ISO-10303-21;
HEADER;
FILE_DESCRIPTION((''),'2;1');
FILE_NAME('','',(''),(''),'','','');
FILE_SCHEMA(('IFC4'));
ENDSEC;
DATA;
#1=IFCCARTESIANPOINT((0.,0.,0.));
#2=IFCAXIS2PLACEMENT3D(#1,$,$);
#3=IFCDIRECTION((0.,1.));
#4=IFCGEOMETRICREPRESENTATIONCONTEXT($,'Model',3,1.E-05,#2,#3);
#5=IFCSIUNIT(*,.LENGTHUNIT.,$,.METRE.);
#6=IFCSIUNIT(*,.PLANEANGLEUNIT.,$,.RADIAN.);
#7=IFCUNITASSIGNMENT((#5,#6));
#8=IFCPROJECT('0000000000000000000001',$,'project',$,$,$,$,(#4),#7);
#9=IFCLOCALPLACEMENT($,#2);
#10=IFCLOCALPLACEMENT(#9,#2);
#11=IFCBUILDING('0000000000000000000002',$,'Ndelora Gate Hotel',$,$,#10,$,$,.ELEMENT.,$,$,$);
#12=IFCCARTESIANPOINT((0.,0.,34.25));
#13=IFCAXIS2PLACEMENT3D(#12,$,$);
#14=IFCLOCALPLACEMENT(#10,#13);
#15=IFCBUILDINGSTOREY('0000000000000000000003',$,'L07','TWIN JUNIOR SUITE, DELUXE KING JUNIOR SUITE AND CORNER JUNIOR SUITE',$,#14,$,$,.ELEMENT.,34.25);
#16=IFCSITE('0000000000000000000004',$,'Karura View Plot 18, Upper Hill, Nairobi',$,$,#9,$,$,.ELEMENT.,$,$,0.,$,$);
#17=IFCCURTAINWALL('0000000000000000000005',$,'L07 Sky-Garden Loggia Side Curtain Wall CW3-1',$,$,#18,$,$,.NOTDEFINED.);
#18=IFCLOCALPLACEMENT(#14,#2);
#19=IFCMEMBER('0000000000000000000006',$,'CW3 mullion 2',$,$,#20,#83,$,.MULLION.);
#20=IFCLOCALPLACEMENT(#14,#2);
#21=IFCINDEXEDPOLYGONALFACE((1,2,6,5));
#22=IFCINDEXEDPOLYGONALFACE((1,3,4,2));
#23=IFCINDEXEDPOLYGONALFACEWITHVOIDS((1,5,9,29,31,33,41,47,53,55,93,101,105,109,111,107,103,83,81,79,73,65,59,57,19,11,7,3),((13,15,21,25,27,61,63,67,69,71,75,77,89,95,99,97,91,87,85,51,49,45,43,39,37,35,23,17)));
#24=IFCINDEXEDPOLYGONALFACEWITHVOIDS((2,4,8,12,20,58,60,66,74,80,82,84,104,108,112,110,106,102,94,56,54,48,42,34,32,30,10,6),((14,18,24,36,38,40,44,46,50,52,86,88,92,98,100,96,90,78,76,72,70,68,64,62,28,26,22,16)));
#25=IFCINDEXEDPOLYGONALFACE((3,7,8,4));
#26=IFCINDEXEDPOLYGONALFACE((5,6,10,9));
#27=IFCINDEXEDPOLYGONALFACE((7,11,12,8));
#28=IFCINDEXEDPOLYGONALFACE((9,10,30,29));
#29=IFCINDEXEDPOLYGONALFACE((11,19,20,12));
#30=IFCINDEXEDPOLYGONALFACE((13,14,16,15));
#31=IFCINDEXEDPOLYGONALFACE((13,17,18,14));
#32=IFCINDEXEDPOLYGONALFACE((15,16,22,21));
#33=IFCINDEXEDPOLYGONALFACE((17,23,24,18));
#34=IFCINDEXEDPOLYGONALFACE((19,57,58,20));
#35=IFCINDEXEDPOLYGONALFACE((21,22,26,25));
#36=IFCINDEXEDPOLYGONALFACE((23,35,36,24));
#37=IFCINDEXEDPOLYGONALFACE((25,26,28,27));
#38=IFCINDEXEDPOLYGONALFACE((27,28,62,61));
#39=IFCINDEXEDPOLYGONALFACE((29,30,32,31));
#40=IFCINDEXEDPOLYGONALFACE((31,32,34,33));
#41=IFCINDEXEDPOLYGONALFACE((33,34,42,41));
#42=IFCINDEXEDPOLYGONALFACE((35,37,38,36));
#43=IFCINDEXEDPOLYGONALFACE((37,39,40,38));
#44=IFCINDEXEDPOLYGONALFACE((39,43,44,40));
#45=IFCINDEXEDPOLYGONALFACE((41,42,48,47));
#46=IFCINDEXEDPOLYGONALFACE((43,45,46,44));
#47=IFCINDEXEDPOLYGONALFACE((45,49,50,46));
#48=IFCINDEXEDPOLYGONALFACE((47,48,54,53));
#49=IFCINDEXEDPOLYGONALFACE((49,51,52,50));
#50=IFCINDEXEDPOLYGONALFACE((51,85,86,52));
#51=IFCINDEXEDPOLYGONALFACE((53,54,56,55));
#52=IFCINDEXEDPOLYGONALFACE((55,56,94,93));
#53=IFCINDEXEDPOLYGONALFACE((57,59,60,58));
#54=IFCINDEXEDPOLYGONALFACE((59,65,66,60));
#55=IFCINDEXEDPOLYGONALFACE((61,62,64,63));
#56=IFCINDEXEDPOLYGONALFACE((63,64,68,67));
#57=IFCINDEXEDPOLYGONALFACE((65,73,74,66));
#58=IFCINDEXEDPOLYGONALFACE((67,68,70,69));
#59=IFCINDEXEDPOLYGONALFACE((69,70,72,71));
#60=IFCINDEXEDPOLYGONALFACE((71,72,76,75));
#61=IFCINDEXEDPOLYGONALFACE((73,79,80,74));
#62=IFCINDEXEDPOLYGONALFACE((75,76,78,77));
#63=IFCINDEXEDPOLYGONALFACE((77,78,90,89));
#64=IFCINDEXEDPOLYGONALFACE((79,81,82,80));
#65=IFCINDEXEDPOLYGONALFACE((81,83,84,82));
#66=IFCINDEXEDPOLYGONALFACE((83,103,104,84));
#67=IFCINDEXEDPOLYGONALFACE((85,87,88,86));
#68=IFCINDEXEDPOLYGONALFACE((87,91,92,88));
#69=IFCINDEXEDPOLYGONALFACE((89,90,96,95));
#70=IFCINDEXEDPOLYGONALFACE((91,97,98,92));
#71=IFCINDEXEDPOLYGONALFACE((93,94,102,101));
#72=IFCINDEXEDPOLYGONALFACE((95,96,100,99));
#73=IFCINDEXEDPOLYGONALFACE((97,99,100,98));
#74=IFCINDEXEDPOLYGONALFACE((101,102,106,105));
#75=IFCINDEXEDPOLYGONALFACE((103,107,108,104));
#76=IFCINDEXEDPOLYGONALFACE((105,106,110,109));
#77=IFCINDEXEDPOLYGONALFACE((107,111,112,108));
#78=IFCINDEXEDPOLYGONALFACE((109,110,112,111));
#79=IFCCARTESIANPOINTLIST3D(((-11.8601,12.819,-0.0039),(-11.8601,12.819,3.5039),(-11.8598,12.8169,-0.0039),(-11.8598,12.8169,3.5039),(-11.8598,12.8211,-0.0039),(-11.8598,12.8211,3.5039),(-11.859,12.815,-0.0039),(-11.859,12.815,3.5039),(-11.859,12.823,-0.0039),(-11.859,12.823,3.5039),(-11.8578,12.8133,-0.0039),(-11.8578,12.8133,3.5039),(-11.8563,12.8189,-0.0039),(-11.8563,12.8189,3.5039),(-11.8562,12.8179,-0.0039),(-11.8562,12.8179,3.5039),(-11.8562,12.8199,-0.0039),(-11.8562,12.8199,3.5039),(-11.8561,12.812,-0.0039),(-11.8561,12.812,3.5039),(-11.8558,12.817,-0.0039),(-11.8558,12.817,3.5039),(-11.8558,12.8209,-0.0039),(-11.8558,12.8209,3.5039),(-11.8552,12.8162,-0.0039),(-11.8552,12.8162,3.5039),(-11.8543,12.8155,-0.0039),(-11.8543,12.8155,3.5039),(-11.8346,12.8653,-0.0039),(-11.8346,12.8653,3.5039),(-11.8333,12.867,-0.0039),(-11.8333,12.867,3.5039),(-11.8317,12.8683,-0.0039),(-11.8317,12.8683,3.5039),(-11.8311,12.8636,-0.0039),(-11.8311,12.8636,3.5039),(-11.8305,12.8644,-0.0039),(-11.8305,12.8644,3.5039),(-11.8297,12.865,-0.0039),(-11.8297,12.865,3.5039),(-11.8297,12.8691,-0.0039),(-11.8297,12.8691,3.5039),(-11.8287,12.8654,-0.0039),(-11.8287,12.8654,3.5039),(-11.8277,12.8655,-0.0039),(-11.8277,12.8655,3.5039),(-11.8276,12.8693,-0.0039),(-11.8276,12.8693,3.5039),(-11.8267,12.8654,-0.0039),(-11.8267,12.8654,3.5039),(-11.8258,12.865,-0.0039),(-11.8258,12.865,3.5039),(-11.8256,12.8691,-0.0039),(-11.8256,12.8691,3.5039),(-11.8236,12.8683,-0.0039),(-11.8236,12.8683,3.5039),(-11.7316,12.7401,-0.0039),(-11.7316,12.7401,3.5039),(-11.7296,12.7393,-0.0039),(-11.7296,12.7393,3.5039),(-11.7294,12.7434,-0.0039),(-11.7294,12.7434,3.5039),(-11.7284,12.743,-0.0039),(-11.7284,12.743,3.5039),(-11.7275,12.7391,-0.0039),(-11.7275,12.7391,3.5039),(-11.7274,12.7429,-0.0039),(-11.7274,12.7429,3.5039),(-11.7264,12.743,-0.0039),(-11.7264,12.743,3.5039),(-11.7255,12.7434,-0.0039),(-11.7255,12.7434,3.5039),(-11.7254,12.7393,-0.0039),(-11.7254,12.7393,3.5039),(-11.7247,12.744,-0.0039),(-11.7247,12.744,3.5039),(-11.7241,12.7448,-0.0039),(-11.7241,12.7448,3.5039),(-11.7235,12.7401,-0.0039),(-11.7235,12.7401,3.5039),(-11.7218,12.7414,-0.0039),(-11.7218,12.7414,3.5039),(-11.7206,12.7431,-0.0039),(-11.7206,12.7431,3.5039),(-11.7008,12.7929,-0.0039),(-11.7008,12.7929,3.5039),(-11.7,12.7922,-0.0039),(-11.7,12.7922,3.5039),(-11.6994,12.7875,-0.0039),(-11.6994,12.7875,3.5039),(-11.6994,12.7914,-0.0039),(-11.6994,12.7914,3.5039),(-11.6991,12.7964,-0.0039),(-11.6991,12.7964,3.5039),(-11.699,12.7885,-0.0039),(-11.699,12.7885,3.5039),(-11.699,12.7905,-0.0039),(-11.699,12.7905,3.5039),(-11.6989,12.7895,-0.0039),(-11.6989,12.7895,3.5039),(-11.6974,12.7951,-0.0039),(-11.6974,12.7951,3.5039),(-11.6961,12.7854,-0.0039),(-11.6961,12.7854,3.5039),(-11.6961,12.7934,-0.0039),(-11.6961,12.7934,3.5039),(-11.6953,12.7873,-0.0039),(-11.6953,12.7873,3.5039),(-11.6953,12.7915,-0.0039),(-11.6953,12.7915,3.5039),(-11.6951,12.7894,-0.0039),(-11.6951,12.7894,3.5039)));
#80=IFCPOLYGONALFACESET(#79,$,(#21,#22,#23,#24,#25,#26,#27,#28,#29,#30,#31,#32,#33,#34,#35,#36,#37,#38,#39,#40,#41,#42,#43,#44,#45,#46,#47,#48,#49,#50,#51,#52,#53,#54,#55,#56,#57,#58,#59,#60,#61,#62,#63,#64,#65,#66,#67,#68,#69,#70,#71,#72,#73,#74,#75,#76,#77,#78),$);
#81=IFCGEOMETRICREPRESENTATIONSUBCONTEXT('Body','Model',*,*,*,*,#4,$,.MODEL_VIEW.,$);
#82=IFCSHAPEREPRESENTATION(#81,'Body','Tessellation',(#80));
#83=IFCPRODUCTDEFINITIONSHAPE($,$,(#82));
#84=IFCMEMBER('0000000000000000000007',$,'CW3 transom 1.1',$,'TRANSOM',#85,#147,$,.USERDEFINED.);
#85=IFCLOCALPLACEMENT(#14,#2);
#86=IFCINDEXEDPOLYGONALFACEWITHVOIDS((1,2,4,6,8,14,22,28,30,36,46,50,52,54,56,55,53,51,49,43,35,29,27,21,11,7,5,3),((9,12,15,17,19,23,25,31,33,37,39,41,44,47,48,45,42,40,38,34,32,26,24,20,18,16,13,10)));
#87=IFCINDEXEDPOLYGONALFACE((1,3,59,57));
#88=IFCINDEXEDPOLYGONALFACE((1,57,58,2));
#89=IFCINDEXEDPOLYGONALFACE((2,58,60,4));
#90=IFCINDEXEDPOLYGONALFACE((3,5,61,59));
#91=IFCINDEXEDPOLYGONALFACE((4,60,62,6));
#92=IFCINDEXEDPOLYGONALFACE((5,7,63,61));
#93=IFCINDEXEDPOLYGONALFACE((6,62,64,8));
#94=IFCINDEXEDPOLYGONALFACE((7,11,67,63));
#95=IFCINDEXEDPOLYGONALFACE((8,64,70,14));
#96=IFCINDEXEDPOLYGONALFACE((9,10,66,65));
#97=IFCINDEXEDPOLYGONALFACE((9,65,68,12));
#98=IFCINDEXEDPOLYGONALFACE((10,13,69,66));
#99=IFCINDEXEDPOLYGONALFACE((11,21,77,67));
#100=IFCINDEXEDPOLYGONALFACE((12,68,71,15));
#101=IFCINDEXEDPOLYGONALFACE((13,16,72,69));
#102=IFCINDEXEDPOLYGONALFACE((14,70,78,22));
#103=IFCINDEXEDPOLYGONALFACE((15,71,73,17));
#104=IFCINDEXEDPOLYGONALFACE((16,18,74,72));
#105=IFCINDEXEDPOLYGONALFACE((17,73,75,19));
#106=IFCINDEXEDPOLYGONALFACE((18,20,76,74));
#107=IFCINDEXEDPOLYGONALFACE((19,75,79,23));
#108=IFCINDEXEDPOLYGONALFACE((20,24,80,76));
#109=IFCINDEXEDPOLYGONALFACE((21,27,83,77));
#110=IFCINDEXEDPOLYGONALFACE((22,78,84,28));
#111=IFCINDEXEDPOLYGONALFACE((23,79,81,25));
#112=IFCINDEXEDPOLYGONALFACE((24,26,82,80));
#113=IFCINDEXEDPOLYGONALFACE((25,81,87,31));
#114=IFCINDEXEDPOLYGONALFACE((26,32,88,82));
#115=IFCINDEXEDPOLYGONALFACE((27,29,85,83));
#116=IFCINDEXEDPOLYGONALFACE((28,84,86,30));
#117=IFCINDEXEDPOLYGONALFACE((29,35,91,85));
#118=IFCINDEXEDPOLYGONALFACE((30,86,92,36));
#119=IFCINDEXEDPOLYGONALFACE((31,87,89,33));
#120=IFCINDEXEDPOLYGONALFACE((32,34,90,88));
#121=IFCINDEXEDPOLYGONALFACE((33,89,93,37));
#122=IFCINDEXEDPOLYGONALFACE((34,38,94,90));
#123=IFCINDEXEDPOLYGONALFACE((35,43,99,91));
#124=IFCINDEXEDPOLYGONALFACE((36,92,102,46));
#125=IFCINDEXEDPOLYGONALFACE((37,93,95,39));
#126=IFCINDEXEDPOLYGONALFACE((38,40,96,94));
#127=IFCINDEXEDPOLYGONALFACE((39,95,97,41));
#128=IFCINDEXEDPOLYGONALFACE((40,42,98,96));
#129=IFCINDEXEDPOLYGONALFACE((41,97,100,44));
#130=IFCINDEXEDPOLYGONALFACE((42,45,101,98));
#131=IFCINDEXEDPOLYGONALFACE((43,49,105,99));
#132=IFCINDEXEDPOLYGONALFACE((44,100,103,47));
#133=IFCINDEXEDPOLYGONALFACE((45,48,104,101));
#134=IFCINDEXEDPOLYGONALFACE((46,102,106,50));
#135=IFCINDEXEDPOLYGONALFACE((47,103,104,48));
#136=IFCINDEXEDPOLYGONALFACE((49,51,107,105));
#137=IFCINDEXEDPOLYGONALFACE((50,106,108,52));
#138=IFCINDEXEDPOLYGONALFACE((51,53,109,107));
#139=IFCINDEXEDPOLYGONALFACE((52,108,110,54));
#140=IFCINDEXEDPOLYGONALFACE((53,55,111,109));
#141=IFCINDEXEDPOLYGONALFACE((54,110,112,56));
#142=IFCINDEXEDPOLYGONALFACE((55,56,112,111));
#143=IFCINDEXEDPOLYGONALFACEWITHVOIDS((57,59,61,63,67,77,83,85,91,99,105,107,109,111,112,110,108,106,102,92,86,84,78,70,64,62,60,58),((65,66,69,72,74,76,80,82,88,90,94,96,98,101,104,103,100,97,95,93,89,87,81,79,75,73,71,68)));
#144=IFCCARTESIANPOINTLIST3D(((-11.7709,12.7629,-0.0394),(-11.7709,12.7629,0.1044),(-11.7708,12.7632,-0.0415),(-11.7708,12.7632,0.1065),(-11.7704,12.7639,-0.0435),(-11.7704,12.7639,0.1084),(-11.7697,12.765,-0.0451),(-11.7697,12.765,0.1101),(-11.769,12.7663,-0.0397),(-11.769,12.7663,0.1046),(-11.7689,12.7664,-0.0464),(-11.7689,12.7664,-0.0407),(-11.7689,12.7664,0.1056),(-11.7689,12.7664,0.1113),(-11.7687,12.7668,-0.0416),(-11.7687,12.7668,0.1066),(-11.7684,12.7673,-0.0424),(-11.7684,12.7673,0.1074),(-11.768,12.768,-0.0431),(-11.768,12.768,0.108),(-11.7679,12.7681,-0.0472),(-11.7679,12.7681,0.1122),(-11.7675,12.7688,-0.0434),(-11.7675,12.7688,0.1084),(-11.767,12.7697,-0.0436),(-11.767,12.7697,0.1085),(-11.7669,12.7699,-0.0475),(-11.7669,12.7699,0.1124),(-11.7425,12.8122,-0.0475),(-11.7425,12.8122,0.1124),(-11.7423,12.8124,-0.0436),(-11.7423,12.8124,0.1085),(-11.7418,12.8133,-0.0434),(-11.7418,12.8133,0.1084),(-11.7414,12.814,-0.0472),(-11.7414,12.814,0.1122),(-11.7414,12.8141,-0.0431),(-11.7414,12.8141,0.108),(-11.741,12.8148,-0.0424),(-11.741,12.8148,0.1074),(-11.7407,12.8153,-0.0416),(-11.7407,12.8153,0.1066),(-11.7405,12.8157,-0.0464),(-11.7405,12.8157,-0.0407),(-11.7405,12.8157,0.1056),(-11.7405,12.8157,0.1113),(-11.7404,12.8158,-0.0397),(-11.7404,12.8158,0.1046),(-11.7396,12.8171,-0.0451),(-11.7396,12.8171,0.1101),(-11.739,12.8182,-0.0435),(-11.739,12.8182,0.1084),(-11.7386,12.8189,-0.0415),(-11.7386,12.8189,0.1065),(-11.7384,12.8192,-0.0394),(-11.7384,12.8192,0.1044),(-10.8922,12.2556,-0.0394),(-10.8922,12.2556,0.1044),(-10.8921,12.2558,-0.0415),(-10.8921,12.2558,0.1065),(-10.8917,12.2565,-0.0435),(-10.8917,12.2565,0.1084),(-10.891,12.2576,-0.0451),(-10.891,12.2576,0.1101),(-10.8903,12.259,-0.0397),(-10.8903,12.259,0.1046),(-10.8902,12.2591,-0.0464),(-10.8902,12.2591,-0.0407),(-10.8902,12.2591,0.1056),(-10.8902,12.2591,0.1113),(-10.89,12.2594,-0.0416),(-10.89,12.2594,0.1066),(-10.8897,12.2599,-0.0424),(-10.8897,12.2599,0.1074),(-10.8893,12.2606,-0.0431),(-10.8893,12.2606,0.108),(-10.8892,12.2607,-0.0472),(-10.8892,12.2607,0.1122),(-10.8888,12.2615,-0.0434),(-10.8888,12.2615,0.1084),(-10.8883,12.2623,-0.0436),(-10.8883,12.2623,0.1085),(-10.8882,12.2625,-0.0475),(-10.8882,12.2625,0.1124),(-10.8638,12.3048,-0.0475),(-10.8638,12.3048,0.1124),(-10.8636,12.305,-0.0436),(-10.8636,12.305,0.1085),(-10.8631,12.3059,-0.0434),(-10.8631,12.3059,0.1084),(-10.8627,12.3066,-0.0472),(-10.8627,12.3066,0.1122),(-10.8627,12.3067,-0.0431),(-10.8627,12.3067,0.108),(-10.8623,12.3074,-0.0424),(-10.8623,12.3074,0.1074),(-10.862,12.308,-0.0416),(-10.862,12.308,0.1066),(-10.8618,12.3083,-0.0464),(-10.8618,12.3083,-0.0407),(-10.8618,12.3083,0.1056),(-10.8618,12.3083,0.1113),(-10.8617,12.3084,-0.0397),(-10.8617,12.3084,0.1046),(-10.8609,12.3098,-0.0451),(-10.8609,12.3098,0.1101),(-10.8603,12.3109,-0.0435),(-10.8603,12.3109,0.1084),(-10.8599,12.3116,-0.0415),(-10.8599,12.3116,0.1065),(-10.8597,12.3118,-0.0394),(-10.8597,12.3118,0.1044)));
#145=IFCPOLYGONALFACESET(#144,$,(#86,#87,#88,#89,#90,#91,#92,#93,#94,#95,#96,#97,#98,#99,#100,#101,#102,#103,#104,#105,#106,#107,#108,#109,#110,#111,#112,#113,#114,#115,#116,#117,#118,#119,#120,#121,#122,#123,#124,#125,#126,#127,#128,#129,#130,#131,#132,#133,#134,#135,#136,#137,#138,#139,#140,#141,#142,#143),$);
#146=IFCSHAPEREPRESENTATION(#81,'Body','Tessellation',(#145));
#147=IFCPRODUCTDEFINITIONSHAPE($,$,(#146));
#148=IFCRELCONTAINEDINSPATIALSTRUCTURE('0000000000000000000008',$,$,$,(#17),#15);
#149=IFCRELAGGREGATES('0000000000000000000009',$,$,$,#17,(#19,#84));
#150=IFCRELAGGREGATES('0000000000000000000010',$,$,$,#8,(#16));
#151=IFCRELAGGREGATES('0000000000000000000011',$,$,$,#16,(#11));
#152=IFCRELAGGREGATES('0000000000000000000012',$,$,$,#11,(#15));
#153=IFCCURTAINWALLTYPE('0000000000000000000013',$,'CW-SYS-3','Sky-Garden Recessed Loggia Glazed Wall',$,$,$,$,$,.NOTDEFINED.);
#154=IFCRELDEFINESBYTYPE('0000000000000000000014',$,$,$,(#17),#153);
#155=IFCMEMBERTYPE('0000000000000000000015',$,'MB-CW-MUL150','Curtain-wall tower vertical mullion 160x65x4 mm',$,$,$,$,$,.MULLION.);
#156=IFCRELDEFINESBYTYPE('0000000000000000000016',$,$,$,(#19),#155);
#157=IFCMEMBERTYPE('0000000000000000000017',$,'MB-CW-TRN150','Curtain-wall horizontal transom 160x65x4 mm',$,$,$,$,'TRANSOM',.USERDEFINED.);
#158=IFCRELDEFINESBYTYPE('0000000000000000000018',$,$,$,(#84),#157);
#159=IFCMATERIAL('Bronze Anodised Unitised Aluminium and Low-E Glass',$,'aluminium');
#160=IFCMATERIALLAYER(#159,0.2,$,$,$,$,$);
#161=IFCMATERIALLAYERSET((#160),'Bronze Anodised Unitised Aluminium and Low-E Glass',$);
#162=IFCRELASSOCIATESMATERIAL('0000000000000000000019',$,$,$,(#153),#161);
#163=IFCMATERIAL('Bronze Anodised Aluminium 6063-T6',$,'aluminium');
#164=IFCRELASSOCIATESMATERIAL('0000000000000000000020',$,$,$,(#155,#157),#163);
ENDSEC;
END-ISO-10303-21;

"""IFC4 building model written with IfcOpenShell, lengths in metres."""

from ifc_helpers import new_model, si_unit, direction, frame, origin, origin_2d, place, context, subcontext, project, spatial, hollow_rectangle, extrude, material, layer, layer_set, material_profile, profile_set, type_object, element, aggregate, save


model = new_model("IFC4")

# Units and contexts
model_context = context("Model", 3, precision=1e-05, world=origin(), true_north=direction((0.0, 1.0)))
body_context = subcontext(model_context, "Body", "Model", "MODEL_VIEW")
ifc_project = project(units=[si_unit("LENGTHUNIT", "METRE"), si_unit("PLANEANGLEUNIT", "RADIAN")], contexts=[model_context])

# Site, building, storey
site_placement = place(None, origin())
site = spatial("IfcSite", under=ifc_project, at=site_placement, Name="Karura View Plot 18, Upper Hill, Nairobi", CompositionType="ELEMENT", RefElevation=0.0)
building_placement = place(site_placement, origin())
building = spatial("IfcBuilding", under=site, at=building_placement, Name="Ndelora Gate Hotel", CompositionType="ELEMENT")
storey_placement = place(building_placement, frame((0.0, 0.0, 34.25)))
storey = spatial("IfcBuildingStorey", under=building, at=storey_placement, Name="L07", Description="TWIN JUNIOR SUITE, DELUXE KING JUNIOR SUITE AND CORNER JUNIOR SUITE", CompositionType="ELEMENT", Elevation=34.25)

# Curtain wall, members
ifc_material_1 = material(Name="Bronze Anodised Unitised Aluminium and Low-E Glass", Category="aluminium")
ifc_layer_1 = layer(ifc_material_1, 0.2)
ifc_layer_set_1 = layer_set([ifc_layer_1], Name="Bronze Anodised Unitised Aluminium and Low-E Glass")
curtain_wall_type = type_object("IfcCurtainWallType", Name="CW-SYS-3", Description="Sky-Garden Recessed Loggia Glazed Wall", PredefinedType="NOTDEFINED", material=ifc_layer_set_1)
curtain_wall_placement = place(storey_placement, origin())
curtain_wall = element("IfcCurtainWall", 1, at=curtain_wall_placement, inside=storey, type_object=curtain_wall_type, Name="L07 Sky-Garden Loggia Side Curtain Wall CW3-1", PredefinedType="NOTDEFINED")
ifc_material_2 = material(Name="Bronze Anodised Aluminium 6063-T6", Category="aluminium")
ifc_material_profile_1 = material_profile(ifc_material_2, hollow_rectangle(XDim=0.0649, YDim=0.1599, WallThickness=0.0039, InnerFilletRadius=0.0039, OuterFilletRadius=0.0081, at=origin_2d()), Name="ALU 160x65x4")
ifc_profile_set_1 = profile_set([ifc_material_profile_1], Name="Bronze Anodised Aluminium 6063-T6")
member_type_1 = type_object("IfcMemberType", Name="MB-CW-MUL150", Description="Curtain-wall tower vertical mullion 160x65x4 mm", PredefinedType="MULLION", material=ifc_profile_set_1)
member_1_placement = place(storey_placement, frame((-11.7776, 12.8042, -0.0039), z_axis=(0.0, 0.0, 1.0), x_axis=(-0.499991, -0.86603, 0.0)))
member_1 = element("IfcMember", 2, at=member_1_placement, type_object=member_type_1, Name="CW3 mullion 2", PredefinedType="MULLION", context=body_context, shape_type="SweptSolid", body=[
    extrude(hollow_rectangle(XDim=0.0649, YDim=0.1599, WallThickness=0.0039, InnerFilletRadius=0.0039, OuterFilletRadius=0.0081, at=origin_2d()), origin(), (0.0, 0.0, 1.0), 3.5078),
])
ifc_material_profile_2 = material_profile(ifc_material_2, hollow_rectangle(XDim=0.0649, YDim=0.1599, WallThickness=0.0039, InnerFilletRadius=0.0039, OuterFilletRadius=0.0081, at=origin_2d()), Name="ALU 160x65x4")
ifc_profile_set_2 = profile_set([ifc_material_profile_2], Name="Bronze Anodised Aluminium 6063-T6")
member_type_2 = type_object("IfcMemberType", Name="MB-CW-TRN150", Description="Curtain-wall horizontal transom 160x65x4 mm", ElementType="TRANSOM", PredefinedType="USERDEFINED", material=ifc_profile_set_2)
member_2_placement = place(storey_placement, frame((-10.876, 12.2837, 0.0325), z_axis=(-0.866013, 0.500021, 0.0), x_axis=(-0.500021, -0.866013, 0.0)))
member_2 = element("IfcMember", 3, at=member_2_placement, type_object=member_type_2, Name="CW3 transom 1.1", ObjectType="TRANSOM", PredefinedType="USERDEFINED", context=body_context, shape_type="SweptSolid", body=[
    extrude(hollow_rectangle(XDim=0.0649, YDim=0.1599, WallThickness=0.0039, InnerFilletRadius=0.0039, OuterFilletRadius=0.0081, at=origin_2d()), origin(), (0.0, 0.0, 1.0), 1.0146),
])
aggregate(curtain_wall, [member_1, member_2])

save(model, "model.ifc")
